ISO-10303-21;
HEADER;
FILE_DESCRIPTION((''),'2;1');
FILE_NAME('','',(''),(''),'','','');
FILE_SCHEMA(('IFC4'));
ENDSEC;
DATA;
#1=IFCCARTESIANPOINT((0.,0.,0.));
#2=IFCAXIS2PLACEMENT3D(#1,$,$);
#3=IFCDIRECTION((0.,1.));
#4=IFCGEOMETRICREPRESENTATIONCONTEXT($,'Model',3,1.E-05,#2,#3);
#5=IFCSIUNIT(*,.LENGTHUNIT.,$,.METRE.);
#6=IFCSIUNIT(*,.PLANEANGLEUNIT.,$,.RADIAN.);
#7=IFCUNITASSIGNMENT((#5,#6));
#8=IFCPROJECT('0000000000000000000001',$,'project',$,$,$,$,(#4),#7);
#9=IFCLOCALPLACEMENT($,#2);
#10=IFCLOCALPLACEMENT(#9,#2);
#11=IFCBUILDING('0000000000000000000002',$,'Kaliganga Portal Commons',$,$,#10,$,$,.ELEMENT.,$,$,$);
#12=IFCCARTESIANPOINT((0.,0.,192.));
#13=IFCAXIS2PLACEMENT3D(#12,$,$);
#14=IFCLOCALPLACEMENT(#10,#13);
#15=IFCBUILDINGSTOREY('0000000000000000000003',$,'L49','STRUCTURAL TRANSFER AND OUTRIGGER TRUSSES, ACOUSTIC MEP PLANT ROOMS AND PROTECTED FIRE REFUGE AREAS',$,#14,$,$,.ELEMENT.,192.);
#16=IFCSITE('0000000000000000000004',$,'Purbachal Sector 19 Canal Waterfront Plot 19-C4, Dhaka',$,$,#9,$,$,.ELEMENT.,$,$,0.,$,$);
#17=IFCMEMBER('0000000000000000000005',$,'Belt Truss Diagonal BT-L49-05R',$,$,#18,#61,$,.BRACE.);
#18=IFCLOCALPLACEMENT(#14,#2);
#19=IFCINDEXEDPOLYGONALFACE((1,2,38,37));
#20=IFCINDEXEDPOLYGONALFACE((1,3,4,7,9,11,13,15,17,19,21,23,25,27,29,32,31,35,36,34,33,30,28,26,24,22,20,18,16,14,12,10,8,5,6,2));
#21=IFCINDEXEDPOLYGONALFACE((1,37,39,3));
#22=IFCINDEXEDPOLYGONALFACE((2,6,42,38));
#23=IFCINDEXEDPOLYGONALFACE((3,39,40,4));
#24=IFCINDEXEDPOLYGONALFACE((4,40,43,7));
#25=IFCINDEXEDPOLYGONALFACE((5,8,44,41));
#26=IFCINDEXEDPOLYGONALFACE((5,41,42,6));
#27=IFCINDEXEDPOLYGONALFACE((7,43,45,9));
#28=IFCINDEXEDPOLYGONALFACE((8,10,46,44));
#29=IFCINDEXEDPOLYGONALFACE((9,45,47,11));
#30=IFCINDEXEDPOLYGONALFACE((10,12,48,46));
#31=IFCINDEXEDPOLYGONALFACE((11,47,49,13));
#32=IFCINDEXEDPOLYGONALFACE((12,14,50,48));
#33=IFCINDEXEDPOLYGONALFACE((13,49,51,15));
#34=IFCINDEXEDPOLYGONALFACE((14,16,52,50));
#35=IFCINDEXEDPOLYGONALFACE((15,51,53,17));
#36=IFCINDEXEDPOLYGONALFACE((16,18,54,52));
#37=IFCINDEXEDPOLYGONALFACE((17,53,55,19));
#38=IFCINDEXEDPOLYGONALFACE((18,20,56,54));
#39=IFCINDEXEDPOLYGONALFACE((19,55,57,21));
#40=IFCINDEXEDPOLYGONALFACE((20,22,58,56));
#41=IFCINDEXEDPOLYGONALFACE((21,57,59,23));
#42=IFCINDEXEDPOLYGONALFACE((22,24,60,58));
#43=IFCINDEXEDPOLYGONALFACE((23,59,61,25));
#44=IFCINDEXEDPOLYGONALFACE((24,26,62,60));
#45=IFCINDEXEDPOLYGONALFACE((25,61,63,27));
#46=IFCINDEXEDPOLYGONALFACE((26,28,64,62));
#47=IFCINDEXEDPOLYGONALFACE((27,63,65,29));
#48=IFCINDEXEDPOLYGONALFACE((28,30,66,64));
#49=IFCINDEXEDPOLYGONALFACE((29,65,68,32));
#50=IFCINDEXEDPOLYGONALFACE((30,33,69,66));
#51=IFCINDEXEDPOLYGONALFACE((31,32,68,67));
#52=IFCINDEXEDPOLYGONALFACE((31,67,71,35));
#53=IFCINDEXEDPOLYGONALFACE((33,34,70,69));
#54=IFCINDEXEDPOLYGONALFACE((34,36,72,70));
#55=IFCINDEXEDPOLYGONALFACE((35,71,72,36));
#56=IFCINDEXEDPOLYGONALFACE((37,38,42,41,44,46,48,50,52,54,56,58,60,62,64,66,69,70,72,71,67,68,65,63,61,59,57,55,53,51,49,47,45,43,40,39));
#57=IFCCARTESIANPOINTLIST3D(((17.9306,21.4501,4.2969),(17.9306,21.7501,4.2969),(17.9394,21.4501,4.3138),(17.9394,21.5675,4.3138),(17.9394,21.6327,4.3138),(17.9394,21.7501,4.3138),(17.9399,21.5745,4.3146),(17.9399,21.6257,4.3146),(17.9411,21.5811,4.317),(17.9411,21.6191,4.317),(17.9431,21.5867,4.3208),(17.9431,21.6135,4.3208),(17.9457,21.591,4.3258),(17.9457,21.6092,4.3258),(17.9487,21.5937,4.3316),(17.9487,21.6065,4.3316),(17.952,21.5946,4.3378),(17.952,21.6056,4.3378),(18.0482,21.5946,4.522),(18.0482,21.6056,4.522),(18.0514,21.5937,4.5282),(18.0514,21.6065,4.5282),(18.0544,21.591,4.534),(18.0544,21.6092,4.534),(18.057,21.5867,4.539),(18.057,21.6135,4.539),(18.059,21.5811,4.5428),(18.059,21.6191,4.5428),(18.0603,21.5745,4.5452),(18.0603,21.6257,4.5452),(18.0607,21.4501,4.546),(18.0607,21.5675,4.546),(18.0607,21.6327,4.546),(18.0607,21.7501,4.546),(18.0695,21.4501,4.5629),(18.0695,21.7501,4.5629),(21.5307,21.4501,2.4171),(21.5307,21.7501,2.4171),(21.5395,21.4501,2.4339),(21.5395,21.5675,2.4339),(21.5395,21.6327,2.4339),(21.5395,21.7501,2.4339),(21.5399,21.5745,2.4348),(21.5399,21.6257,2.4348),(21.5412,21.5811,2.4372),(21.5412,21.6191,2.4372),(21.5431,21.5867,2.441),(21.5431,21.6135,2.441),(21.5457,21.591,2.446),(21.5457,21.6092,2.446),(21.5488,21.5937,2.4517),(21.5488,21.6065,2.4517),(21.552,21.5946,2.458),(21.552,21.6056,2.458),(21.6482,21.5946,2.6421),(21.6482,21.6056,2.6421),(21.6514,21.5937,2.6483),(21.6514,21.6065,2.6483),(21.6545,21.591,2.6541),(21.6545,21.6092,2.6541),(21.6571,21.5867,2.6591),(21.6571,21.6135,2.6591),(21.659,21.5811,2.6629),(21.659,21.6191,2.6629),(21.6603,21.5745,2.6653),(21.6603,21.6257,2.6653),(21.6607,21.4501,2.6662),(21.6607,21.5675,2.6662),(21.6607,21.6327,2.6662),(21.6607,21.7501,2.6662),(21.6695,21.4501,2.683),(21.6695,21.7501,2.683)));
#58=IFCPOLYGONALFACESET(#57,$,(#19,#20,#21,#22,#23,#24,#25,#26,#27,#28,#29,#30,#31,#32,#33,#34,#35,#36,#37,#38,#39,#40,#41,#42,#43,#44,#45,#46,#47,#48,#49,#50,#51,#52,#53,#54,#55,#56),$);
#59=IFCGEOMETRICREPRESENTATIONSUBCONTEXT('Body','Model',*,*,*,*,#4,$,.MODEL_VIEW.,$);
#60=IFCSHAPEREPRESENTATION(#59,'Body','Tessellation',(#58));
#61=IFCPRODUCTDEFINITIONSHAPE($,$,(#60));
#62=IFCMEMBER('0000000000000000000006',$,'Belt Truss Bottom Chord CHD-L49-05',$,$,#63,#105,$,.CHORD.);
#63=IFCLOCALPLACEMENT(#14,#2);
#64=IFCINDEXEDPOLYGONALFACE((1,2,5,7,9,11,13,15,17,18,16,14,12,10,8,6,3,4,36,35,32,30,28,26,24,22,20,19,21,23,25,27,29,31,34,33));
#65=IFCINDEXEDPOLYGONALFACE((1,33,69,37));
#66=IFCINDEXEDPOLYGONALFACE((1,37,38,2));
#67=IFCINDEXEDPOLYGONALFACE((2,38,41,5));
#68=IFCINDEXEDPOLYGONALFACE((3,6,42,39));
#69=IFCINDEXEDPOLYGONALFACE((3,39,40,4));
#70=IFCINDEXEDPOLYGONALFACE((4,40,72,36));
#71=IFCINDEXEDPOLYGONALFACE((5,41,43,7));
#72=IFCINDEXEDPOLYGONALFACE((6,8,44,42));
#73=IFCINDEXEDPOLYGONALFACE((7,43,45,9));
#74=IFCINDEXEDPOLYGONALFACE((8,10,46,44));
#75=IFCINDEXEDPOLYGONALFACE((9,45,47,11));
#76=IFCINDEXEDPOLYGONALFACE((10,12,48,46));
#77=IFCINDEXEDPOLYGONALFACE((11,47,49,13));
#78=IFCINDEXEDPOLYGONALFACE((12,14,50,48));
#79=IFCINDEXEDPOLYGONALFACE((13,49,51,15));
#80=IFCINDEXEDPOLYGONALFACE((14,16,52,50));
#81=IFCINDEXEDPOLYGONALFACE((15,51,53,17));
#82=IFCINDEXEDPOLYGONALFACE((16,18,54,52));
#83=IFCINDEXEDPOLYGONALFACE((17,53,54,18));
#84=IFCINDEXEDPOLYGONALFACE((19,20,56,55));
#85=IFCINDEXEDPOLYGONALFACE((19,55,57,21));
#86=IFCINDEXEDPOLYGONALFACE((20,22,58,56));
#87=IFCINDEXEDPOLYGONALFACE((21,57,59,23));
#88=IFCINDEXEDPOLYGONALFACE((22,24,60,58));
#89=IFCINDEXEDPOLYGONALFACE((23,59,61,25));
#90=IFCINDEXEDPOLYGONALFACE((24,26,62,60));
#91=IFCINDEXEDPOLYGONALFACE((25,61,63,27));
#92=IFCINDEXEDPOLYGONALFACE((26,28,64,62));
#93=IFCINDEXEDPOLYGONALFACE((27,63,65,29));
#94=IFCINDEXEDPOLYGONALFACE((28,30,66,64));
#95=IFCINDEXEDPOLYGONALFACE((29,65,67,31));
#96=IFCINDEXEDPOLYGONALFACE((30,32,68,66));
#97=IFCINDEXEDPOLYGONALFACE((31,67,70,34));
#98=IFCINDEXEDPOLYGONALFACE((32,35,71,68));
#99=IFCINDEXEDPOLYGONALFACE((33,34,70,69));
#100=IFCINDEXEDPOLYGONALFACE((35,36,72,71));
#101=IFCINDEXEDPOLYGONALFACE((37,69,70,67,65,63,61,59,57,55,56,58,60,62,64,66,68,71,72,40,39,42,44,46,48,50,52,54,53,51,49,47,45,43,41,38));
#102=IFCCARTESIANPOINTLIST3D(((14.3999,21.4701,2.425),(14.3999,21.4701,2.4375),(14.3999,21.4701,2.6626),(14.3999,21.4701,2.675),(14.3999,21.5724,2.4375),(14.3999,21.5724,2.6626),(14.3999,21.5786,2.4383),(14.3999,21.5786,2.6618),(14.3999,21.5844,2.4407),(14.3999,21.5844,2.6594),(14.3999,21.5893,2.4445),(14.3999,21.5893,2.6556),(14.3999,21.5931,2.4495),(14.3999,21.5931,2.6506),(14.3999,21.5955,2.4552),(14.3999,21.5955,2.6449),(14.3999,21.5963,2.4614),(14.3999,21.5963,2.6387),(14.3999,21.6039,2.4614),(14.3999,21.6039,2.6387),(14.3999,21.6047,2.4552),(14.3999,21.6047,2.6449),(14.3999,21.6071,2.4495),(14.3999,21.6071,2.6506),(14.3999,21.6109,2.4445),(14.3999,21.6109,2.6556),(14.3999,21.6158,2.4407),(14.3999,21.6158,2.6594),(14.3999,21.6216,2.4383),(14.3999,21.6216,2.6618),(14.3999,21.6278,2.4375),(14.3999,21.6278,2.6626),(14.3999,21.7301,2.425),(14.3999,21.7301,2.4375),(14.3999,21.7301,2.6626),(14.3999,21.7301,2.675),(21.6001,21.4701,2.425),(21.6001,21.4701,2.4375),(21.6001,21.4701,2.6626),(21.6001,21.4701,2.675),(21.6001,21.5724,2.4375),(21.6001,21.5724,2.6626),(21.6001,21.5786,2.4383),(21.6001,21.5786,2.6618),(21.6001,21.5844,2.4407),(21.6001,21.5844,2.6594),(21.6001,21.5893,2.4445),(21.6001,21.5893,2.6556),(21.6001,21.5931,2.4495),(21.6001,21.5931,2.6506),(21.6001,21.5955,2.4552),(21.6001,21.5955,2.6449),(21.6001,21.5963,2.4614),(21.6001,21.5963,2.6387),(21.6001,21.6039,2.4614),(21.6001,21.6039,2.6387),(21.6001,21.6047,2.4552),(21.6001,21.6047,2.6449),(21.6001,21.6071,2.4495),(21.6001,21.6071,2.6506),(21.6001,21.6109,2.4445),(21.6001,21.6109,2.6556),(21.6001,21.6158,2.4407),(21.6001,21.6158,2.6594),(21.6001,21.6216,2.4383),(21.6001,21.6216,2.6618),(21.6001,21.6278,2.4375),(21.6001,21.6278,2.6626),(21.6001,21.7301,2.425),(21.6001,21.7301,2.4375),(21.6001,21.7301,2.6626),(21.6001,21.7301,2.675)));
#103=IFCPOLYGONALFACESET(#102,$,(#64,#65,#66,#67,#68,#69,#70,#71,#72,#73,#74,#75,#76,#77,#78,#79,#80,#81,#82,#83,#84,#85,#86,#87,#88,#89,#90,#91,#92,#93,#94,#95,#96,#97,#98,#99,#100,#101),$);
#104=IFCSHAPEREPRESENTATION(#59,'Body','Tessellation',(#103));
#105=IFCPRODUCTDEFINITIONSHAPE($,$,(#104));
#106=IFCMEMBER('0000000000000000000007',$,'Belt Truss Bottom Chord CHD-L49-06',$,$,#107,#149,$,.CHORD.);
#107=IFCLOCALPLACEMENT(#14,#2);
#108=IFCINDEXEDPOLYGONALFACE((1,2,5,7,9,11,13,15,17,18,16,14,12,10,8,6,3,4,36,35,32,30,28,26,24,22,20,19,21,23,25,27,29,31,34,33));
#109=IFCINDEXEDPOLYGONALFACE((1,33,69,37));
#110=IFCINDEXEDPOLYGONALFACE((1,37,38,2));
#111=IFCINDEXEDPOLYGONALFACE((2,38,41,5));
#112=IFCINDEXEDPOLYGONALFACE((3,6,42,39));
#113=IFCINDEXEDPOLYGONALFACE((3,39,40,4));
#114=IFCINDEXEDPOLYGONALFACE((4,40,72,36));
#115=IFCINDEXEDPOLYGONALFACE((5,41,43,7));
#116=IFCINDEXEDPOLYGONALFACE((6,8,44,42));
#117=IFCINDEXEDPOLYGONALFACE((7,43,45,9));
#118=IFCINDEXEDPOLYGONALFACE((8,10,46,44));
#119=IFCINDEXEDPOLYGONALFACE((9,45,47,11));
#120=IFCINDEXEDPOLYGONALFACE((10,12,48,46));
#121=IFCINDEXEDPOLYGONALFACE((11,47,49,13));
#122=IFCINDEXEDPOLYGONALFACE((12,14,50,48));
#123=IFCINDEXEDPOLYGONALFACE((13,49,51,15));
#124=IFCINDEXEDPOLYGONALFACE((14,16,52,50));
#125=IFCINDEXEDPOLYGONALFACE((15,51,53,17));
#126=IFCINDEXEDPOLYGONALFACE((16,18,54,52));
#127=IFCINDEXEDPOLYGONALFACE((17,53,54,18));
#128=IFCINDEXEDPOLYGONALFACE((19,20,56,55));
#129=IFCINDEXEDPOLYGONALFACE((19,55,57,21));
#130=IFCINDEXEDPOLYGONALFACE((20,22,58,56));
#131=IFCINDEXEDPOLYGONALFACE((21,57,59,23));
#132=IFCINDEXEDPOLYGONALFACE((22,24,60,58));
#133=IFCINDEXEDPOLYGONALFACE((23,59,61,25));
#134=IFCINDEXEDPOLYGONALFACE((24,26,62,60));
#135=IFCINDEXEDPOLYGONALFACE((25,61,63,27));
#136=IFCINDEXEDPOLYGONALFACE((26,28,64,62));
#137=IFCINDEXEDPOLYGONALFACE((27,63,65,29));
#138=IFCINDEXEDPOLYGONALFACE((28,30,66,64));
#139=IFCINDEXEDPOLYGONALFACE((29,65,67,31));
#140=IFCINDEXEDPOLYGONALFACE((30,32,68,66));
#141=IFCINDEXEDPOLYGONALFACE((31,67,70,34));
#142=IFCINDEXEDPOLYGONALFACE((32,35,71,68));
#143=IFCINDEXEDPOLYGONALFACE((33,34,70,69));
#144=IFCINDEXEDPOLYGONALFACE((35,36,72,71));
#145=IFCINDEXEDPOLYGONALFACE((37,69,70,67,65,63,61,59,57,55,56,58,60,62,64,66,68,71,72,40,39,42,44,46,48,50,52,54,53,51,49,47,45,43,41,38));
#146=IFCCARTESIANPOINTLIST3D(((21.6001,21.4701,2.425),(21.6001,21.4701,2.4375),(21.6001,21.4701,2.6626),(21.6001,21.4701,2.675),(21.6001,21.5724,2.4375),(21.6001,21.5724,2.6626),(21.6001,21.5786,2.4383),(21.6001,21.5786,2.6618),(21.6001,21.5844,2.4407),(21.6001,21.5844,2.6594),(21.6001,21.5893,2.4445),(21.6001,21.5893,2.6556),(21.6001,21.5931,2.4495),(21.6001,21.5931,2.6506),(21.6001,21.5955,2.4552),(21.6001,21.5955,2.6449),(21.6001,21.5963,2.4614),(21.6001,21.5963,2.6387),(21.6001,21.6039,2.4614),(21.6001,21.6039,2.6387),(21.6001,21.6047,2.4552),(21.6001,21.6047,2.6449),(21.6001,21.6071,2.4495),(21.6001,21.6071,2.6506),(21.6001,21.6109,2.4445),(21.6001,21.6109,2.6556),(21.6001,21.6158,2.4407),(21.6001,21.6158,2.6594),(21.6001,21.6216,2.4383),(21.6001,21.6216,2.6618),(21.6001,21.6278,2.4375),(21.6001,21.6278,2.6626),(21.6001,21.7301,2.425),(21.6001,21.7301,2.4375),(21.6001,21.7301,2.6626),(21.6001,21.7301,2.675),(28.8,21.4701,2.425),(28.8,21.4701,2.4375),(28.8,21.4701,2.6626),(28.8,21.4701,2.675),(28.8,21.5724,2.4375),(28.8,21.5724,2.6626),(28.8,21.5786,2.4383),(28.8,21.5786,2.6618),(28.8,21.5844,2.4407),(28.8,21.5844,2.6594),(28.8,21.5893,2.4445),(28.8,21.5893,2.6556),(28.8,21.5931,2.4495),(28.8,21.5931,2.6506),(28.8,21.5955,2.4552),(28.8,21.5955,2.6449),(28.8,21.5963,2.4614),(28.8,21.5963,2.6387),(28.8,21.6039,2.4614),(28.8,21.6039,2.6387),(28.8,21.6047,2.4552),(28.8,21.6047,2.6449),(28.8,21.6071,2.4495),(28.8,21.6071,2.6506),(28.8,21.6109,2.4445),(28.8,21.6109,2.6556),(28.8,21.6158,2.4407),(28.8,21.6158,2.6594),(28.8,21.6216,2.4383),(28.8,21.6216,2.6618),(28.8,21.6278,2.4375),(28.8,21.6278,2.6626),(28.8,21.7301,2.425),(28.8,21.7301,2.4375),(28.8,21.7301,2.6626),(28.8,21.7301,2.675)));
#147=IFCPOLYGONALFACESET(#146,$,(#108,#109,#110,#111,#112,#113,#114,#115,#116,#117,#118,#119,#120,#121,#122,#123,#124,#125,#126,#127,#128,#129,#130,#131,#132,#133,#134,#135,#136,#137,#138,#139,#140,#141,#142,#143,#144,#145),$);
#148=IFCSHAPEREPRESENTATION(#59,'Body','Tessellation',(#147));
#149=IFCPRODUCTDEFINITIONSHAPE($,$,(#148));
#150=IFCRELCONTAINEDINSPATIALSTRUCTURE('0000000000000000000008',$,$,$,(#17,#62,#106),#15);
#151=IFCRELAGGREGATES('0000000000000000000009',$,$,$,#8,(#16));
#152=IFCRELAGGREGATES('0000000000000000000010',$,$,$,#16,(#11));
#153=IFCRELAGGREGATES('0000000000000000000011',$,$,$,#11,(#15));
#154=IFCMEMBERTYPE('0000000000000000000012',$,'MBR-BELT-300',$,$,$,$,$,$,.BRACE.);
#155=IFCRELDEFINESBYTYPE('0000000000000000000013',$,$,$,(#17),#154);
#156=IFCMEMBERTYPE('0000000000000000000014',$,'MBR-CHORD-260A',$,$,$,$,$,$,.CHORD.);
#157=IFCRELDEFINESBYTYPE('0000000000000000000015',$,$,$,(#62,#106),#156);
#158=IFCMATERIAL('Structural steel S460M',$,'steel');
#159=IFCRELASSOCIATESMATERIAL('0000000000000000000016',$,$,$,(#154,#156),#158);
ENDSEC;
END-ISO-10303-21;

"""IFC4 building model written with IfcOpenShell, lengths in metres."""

from ifc_helpers import new_model, si_unit, direction, frame, origin, origin_2d, place, context, subcontext, project, spatial, i_section, extrude, source, transform, mapped, material, material_profile, profile_set, type_object, element, save


model = new_model("IFC4")

# Units and contexts
model_context = context("Model", 3, precision=1e-05, world=origin(), true_north=direction((0.0, 1.0)))
body_context = subcontext(model_context, "Body", "Model", "MODEL_VIEW")
ifc_project = project(units=[si_unit("LENGTHUNIT", "METRE"), si_unit("PLANEANGLEUNIT", "RADIAN")], contexts=[model_context])

# Site, building, storey
site_placement = place(None, origin())
site = spatial("IfcSite", under=ifc_project, at=site_placement, Name="Purbachal Sector 19 Canal Waterfront Plot 19-C4, Dhaka", CompositionType="ELEMENT", RefElevation=0.0)
building_placement = place(site_placement, origin())
building = spatial("IfcBuilding", under=site, at=building_placement, Name="Kaliganga Portal Commons", CompositionType="ELEMENT")
storey_placement = place(building_placement, frame((0.0, 0.0, 192.0)))
storey = spatial("IfcBuildingStorey", under=building, at=storey_placement, Name="L49", Description="STRUCTURAL TRANSFER AND OUTRIGGER TRUSSES, ACOUSTIC MEP PLANT ROOMS AND PROTECTED FIRE REFUGE AREAS", CompositionType="ELEMENT", Elevation=192.0)

# Shared definitions
ifc_material_1 = material(Name="Structural steel S460M", Category="steel")

# Members
ifc_material_profile_1 = material_profile(ifc_material_1, i_section(OverallWidth=0.3, OverallDepth=0.3, WebThickness=0.011, FlangeThickness=0.019, FilletRadius=0.0271, at=origin_2d()), Name="HE 300 B")
ifc_profile_set_1 = profile_set([ifc_material_profile_1], Name="Structural steel S460M wide-flange")
member_type_1 = type_object("IfcMemberType", Name="MBR-BELT-300", PredefinedType="BRACE", material=ifc_profile_set_1)
shared_shape_1 = source(origin(), body_context, "Body", "SweptSolid", [
    extrude(i_section(OverallWidth=0.3, OverallDepth=0.3, WebThickness=0.011, FlangeThickness=0.019, FilletRadius=0.0271, at=origin_2d()), origin(), (0.0, 0.0, 1.0), 4.0613),
])
for number, where, z_axis, x_axis, name in (
    (1, (21.6001, 21.6001, 2.55), (-0.886426, 0.0, 0.46287), (0.0, -1.0, 0.0), "Belt Truss Diagonal BT-L49-05R"),
):
    element("IfcMember", number, at=place(storey_placement, frame(where, z_axis=z_axis, x_axis=x_axis)), inside=storey, type_object=member_type_1, Name=name, PredefinedType="BRACE", context=body_context, shape_type="MappedRepresentation", body=[
        mapped(shared_shape_1, transform((0.0, 0.0, 0.0), x_axis=(1.0, 0.0, 0.0), y_axis=(0.0, 1.0, 0.0), z_axis=(0.0, 0.0, 1.0), scale=1.0)),
    ])
ifc_material_profile_2 = material_profile(ifc_material_1, i_section(OverallWidth=0.26, OverallDepth=0.25, WebThickness=0.0076, FlangeThickness=0.0125, FilletRadius=0.0239, at=origin_2d()), Name="HE 260 A")
ifc_profile_set_2 = profile_set([ifc_material_profile_2], Name="Structural steel S460M wide-flange")
member_type_2 = type_object("IfcMemberType", Name="MBR-CHORD-260A", PredefinedType="CHORD", material=ifc_profile_set_2)
shared_shape_2 = source(origin(), body_context, "Body", "SweptSolid", [
    extrude(i_section(OverallWidth=0.26, OverallDepth=0.25, WebThickness=0.0076, FlangeThickness=0.0125, FilletRadius=0.0239, at=origin_2d()), origin(), (0.0, 0.0, 1.0), 7.2002),
])
member_1_placement = place(storey_placement, frame((14.3999, 21.6001, 2.55), z_axis=(1.0, 0.0, 0.0), x_axis=(0.0, 1.0, 0.0)))
element("IfcMember", 2, at=member_1_placement, inside=storey, type_object=member_type_2, Name="Belt Truss Bottom Chord CHD-L49-05", PredefinedType="CHORD", context=body_context, shape_type="MappedRepresentation", body=[
    mapped(shared_shape_2, transform((0.0, 0.0, 0.0), x_axis=(1.0, 0.0, 0.0), y_axis=(0.0, 1.0, 0.0), z_axis=(0.0, 0.0, 1.0), scale=1.0)),
])
shared_shape_3 = source(origin(), body_context, "Body", "SweptSolid", [
    extrude(i_section(OverallWidth=0.26, OverallDepth=0.25, WebThickness=0.0076, FlangeThickness=0.0125, FilletRadius=0.0239, at=origin_2d()), origin(), (0.0, 0.0, 1.0), 7.2),
])
member_2_placement = place(storey_placement, frame((21.6001, 21.6001, 2.55), z_axis=(1.0, 0.0, 0.0), x_axis=(0.0, 1.0, 0.0)))
element("IfcMember", 3, at=member_2_placement, inside=storey, type_object=member_type_2, Name="Belt Truss Bottom Chord CHD-L49-06", PredefinedType="CHORD", context=body_context, shape_type="MappedRepresentation", body=[
    mapped(shared_shape_3, transform((0.0, 0.0, 0.0), x_axis=(1.0, 0.0, 0.0), y_axis=(0.0, 1.0, 0.0), z_axis=(0.0, 0.0, 1.0), scale=1.0)),
])

save(model, "model.ifc")
